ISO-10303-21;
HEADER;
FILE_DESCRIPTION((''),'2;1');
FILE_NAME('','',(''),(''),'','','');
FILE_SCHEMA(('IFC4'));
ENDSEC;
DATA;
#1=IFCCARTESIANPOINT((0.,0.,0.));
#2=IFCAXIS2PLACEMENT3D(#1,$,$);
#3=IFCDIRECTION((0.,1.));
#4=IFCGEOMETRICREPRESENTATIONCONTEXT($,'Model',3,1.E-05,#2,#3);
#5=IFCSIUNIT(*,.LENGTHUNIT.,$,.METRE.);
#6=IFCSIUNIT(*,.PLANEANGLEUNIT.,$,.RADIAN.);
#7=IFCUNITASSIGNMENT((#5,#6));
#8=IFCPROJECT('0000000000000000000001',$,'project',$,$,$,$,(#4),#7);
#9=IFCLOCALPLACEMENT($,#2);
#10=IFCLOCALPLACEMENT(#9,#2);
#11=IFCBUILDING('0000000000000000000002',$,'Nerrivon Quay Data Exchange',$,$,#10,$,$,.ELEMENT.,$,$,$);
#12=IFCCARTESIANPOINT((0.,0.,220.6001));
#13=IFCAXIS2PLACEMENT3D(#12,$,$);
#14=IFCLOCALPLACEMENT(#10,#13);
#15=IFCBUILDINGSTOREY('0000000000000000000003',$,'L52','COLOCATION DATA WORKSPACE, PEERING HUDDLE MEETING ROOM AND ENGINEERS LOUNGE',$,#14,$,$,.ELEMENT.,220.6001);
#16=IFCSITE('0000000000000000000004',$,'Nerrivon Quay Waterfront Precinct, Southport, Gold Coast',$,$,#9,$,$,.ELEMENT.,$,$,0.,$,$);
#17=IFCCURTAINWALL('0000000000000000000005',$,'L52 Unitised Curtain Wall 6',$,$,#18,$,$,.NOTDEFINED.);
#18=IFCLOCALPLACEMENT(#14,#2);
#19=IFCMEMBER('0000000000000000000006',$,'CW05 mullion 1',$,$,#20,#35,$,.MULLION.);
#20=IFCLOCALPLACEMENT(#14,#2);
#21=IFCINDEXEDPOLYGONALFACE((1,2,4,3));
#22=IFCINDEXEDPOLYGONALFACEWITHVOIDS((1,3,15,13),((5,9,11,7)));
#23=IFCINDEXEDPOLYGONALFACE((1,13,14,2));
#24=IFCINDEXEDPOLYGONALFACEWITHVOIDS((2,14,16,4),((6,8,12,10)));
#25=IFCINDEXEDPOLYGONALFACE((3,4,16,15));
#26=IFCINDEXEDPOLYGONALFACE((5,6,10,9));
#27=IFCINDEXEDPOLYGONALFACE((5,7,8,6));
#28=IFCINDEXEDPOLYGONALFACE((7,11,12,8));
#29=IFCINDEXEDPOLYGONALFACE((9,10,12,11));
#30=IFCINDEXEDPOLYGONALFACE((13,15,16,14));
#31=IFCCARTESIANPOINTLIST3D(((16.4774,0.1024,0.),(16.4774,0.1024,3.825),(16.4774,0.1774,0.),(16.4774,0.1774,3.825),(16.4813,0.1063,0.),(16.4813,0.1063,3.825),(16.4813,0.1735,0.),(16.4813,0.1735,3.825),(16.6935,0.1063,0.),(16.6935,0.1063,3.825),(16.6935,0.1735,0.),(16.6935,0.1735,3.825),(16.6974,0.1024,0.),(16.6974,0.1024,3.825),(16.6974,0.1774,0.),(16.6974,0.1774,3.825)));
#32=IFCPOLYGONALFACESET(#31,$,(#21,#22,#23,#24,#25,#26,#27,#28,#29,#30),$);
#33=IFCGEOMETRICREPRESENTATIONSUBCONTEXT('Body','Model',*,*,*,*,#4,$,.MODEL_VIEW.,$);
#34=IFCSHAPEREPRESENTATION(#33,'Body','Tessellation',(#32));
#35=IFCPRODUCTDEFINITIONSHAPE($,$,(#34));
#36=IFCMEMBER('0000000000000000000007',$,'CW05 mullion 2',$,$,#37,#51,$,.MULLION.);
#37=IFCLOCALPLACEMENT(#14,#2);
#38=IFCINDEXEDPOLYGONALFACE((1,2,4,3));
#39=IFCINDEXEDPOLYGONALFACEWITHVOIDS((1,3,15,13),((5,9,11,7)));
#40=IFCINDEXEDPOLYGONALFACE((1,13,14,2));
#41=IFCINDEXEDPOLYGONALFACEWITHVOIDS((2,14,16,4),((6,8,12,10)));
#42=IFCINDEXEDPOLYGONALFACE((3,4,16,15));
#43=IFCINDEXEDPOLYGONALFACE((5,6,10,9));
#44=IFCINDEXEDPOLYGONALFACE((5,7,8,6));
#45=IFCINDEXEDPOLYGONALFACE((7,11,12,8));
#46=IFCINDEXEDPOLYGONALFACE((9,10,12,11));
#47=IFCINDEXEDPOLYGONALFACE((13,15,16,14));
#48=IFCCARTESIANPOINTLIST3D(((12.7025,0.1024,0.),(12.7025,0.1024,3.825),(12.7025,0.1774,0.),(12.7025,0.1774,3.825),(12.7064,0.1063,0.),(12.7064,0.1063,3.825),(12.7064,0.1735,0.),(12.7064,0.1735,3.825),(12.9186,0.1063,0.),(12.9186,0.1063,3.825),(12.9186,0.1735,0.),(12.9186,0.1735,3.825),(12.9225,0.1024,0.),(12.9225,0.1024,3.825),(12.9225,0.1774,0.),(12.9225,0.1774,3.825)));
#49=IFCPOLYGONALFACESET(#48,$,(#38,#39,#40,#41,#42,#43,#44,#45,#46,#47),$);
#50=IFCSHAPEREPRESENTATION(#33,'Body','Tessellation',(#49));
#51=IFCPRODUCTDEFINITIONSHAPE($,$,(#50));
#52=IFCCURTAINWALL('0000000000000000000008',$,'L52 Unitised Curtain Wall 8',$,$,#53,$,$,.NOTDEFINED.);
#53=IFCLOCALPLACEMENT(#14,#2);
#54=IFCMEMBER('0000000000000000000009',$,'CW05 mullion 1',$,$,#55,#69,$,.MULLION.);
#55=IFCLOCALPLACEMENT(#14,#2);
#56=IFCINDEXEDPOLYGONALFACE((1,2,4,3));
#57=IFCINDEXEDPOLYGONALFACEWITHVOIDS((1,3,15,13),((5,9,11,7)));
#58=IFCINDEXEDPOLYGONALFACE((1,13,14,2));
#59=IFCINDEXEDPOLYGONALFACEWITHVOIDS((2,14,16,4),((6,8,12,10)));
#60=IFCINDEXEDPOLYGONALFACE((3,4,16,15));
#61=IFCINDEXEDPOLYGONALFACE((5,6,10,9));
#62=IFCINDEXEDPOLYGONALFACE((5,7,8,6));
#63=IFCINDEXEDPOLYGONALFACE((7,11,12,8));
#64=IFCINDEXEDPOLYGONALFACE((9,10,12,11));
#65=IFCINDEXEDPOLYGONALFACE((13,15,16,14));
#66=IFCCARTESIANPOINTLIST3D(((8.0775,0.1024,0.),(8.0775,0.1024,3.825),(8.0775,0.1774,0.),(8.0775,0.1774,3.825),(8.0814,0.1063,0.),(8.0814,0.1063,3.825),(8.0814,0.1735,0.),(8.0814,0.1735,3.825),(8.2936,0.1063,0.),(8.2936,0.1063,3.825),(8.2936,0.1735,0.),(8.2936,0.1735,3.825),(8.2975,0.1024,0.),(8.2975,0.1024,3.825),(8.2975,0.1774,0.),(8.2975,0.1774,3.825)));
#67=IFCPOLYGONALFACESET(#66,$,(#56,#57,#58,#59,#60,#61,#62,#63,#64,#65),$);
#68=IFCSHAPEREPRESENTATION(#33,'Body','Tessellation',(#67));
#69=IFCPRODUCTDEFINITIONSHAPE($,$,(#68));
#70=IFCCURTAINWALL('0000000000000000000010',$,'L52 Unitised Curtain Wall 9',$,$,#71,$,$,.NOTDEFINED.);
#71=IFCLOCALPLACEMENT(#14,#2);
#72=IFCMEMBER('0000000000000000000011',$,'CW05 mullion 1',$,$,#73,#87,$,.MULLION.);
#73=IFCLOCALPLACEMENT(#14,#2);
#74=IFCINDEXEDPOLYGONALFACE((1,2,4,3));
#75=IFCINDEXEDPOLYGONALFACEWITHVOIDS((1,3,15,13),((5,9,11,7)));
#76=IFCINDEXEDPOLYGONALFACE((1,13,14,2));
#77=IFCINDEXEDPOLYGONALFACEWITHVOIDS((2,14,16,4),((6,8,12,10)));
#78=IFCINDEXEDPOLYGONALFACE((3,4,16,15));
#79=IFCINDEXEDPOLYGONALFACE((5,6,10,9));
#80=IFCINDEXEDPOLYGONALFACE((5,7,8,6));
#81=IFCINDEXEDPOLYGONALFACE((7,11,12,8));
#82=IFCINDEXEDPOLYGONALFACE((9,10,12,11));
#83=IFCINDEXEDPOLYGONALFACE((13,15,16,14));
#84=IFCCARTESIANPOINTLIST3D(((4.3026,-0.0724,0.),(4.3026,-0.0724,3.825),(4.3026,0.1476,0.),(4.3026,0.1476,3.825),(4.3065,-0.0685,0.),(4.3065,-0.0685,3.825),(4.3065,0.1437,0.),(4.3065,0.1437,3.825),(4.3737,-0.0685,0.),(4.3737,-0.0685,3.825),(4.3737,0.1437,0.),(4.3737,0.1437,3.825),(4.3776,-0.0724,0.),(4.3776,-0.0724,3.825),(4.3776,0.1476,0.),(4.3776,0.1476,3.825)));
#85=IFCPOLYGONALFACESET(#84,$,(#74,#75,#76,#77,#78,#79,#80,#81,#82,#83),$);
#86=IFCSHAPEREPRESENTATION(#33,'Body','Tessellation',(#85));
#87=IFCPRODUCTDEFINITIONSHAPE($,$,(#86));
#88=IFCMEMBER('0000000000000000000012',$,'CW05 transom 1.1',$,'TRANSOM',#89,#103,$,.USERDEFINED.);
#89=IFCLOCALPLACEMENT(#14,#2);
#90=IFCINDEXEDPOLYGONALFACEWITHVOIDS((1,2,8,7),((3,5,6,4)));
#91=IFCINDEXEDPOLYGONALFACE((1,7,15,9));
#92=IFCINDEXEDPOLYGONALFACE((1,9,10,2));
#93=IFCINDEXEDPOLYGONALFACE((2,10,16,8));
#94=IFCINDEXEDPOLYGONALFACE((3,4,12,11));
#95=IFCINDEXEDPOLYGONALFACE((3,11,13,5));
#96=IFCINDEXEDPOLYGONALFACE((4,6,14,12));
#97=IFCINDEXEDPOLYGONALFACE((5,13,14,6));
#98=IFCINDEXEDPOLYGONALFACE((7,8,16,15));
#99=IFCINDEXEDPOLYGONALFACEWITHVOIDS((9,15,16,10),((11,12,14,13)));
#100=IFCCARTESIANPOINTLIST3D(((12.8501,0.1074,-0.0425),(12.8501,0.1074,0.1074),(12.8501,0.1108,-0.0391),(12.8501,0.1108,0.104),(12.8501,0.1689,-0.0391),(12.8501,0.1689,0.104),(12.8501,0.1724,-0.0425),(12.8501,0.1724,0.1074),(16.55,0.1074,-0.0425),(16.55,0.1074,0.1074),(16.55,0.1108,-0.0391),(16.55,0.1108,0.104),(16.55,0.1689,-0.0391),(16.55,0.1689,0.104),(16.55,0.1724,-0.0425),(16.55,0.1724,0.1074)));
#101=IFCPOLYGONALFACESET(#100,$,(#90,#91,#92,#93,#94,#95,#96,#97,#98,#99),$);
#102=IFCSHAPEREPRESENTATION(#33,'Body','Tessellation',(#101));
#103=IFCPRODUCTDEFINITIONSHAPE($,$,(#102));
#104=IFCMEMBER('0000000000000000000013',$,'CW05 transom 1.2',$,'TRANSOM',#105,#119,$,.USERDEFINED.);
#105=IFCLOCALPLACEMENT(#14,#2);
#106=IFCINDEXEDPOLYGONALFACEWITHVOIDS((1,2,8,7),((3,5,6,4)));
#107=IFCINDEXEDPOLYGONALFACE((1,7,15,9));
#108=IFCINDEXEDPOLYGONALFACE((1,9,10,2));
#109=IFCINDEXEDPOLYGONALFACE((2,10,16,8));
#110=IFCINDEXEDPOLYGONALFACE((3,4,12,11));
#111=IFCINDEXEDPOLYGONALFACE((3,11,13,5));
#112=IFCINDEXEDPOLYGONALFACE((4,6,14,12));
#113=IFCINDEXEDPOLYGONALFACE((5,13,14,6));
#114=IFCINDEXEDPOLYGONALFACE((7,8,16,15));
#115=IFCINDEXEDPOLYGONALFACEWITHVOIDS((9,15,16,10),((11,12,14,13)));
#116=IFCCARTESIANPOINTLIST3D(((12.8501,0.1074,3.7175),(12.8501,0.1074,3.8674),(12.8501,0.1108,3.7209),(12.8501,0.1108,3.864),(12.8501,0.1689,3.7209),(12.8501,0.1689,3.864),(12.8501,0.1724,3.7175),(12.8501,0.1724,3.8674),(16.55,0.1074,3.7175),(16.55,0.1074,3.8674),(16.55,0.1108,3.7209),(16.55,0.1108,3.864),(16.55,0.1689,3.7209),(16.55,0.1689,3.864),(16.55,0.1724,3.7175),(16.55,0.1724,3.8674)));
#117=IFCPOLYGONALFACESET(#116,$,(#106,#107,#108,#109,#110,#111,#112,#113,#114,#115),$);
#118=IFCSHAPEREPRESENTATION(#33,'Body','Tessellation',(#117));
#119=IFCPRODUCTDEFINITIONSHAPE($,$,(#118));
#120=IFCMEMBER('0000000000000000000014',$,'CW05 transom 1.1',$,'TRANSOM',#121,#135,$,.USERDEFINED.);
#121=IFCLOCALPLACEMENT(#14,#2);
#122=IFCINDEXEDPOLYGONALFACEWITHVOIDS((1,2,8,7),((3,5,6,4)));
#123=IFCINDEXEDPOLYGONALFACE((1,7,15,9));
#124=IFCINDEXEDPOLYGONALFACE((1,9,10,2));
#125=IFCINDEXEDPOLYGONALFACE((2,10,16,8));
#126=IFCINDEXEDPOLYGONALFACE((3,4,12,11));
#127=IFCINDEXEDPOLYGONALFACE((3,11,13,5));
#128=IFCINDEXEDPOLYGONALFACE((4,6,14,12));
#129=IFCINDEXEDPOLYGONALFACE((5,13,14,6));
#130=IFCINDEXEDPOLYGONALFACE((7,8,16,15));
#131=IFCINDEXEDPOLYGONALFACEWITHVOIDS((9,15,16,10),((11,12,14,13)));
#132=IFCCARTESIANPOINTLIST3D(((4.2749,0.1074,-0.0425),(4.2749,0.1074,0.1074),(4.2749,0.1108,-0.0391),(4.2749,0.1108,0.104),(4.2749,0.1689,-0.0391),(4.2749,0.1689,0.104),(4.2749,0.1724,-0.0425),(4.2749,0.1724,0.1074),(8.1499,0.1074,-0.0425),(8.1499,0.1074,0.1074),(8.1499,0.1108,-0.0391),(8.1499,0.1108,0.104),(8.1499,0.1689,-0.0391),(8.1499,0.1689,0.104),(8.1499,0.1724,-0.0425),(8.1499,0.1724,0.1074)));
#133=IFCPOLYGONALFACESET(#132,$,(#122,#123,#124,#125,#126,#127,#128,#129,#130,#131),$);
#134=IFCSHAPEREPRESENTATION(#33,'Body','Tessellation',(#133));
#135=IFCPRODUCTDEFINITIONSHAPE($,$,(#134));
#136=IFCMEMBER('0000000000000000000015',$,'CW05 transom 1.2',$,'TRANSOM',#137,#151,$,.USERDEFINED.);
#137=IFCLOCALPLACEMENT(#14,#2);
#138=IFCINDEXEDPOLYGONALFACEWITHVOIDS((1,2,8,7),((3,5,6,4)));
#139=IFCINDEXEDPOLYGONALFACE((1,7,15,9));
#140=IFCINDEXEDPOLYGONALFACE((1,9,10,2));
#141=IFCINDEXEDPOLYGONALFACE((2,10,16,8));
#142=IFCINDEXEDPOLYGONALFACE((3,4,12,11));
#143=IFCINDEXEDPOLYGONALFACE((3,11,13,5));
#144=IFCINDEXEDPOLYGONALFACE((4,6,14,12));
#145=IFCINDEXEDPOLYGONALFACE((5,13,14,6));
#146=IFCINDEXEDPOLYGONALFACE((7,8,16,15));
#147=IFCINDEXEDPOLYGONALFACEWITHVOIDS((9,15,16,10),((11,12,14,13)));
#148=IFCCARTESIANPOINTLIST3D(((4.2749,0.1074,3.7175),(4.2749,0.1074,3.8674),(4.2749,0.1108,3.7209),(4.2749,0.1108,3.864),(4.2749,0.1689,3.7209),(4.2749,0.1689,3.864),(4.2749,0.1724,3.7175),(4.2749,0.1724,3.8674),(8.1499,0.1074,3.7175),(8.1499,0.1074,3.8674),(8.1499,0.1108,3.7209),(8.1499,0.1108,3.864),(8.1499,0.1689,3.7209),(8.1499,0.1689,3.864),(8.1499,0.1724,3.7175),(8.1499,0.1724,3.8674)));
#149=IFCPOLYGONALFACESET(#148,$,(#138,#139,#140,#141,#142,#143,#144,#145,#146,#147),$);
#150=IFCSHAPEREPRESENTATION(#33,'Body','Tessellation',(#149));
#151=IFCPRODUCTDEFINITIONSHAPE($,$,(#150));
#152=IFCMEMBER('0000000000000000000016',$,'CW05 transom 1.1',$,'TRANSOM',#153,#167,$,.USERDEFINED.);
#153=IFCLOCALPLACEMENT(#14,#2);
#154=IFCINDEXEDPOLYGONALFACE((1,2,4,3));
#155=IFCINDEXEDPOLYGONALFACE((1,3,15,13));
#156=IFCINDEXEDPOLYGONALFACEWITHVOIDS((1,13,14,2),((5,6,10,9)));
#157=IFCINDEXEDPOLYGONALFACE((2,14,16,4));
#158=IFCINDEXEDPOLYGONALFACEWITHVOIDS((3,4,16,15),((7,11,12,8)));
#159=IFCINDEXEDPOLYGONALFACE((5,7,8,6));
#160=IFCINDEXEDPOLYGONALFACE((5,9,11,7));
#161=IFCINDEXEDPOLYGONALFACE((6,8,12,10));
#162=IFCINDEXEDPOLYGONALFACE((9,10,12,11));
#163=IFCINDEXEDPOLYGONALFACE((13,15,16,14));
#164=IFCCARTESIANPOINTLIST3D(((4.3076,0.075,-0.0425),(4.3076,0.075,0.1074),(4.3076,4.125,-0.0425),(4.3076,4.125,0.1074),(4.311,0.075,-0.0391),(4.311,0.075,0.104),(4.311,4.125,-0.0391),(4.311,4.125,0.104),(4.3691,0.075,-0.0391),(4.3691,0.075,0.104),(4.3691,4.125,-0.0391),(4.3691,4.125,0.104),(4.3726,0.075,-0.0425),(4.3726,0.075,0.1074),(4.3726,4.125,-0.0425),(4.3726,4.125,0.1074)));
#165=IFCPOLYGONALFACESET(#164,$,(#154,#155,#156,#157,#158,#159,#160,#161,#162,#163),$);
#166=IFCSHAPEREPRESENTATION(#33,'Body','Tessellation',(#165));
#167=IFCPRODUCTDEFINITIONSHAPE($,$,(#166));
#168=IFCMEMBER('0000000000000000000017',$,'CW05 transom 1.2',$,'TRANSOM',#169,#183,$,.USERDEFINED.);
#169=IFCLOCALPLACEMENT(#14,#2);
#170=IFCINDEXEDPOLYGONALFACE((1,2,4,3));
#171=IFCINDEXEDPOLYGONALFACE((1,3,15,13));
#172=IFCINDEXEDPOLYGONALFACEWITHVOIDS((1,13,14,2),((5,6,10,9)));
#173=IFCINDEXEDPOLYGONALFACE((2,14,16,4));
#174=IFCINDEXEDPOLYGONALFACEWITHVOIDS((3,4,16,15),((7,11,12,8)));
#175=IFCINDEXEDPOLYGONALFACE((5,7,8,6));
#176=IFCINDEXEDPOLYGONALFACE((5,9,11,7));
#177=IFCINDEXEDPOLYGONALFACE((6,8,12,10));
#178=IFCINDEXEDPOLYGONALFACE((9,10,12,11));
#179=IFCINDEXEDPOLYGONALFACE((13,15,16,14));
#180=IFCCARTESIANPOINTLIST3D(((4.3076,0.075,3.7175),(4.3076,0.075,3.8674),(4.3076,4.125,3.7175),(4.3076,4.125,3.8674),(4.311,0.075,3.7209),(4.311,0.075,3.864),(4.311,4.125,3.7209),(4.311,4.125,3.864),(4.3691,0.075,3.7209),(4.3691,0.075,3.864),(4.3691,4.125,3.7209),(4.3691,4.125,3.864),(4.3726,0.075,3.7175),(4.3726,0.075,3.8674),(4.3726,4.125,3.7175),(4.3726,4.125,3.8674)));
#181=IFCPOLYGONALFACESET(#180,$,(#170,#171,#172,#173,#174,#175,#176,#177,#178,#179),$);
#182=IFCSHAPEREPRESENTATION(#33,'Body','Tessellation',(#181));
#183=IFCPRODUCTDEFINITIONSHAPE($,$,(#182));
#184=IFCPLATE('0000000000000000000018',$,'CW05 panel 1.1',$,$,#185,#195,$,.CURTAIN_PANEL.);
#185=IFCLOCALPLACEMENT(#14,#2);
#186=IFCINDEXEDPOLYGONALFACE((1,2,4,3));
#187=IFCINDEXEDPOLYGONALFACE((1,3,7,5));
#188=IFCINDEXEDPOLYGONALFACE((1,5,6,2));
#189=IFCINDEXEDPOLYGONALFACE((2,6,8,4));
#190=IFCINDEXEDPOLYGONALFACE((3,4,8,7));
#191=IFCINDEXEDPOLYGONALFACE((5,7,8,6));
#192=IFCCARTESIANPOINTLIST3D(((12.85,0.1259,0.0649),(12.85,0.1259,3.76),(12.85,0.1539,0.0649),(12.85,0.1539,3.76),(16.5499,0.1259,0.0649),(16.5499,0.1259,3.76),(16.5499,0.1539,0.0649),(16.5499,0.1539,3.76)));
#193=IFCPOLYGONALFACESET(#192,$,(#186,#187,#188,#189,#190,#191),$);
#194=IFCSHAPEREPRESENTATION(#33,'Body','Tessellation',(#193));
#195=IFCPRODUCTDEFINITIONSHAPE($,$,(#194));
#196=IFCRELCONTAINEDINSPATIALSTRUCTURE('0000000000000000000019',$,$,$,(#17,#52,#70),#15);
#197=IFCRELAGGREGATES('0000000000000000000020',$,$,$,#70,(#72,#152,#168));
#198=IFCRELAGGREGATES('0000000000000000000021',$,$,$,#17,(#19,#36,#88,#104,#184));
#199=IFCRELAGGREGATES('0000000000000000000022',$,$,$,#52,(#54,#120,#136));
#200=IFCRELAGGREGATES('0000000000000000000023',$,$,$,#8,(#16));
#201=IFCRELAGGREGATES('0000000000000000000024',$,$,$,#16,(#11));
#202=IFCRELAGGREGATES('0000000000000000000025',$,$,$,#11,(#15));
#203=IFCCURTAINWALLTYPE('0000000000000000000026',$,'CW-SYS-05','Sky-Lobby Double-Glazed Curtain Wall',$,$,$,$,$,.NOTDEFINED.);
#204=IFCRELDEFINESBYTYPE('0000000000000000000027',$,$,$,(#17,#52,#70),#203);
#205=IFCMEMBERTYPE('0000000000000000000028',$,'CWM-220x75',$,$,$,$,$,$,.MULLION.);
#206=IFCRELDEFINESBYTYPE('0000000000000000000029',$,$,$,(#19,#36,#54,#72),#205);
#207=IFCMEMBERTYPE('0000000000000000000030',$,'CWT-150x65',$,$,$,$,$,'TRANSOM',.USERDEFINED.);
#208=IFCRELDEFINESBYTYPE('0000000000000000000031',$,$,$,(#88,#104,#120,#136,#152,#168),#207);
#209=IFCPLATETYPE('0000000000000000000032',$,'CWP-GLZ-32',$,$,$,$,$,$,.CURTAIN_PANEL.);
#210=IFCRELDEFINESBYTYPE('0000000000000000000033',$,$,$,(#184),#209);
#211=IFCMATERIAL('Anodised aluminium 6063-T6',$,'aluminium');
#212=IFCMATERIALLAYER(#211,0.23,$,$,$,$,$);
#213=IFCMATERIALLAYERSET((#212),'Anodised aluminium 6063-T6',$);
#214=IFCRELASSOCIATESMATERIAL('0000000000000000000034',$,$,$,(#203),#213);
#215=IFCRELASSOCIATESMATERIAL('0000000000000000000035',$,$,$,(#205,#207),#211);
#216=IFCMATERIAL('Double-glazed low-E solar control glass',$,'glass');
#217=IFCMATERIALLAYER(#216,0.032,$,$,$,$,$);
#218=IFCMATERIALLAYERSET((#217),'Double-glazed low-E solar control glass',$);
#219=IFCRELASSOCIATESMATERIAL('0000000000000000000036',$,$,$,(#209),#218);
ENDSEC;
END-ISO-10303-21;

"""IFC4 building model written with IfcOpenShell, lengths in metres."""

from ifc_helpers import new_model, si_unit, direction, frame, origin, origin_2d, place, context, subcontext, project, spatial, rectangle, hollow_rectangle, extrude, material, layer, layer_set, material_profile, profile_set, type_object, element, aggregate, save


model = new_model("IFC4")

# Units and contexts
model_context = context("Model", 3, precision=1e-05, world=origin(), true_north=direction((0.0, 1.0)))
body_context = subcontext(model_context, "Body", "Model", "MODEL_VIEW")
ifc_project = project(units=[si_unit("LENGTHUNIT", "METRE"), si_unit("PLANEANGLEUNIT", "RADIAN")], contexts=[model_context])

# Site, building, storey
site_placement = place(None, origin())
site = spatial("IfcSite", under=ifc_project, at=site_placement, Name="Nerrivon Quay Waterfront Precinct, Southport, Gold Coast", CompositionType="ELEMENT", RefElevation=0.0)
building_placement = place(site_placement, origin())
building = spatial("IfcBuilding", under=site, at=building_placement, Name="Nerrivon Quay Data Exchange", CompositionType="ELEMENT")
storey_placement = place(building_placement, frame((0.0, 0.0, 220.6001)))
storey = spatial("IfcBuildingStorey", under=building, at=storey_placement, Name="L52", Description="COLOCATION DATA WORKSPACE, PEERING HUDDLE MEETING ROOM AND ENGINEERS LOUNGE", CompositionType="ELEMENT", Elevation=220.6001)

# Curtain wall, members
ifc_material_1 = material(Name="Anodised aluminium 6063-T6", Category="aluminium")
ifc_layer_1 = layer(ifc_material_1, 0.23)
ifc_layer_set_1 = layer_set([ifc_layer_1], Name="Anodised aluminium 6063-T6")
curtain_wall_type = type_object("IfcCurtainWallType", Name="CW-SYS-05", Description="Sky-Lobby Double-Glazed Curtain Wall", PredefinedType="NOTDEFINED", material=ifc_layer_set_1)
curtain_wall_1_placement = place(storey_placement, origin())
curtain_wall_1 = element("IfcCurtainWall", 1, at=curtain_wall_1_placement, inside=storey, type_object=curtain_wall_type, Name="L52 Unitised Curtain Wall 6", PredefinedType="NOTDEFINED")
ifc_material_profile_1 = material_profile(ifc_material_1, hollow_rectangle(XDim=0.075, YDim=0.22, WallThickness=0.0039, at=origin_2d()), Name="ALU-MULL-220x75")
ifc_profile_set_1 = profile_set([ifc_material_profile_1], Name="Anodised aluminium 6063-T6")
member_type_1 = type_object("IfcMemberType", Name="CWM-220x75", PredefinedType="MULLION", material=ifc_profile_set_1)
member_1_placement = place(storey_placement, frame((16.5874, 0.1399, 0.0), z_axis=(0.0, 0.0, 1.0), x_axis=(0.0, -1.0, 0.0)))
member_1 = element("IfcMember", 2, at=member_1_placement, type_object=member_type_1, Name="CW05 mullion 1", PredefinedType="MULLION", context=body_context, shape_type="SweptSolid", body=[
    extrude(hollow_rectangle(XDim=0.075, YDim=0.22, WallThickness=0.0039, at=origin_2d()), origin(), (0.0, 0.0, 1.0), 3.825),
])
member_2_placement = place(storey_placement, frame((12.8125, 0.1399, 0.0), z_axis=(0.0, 0.0, 1.0), x_axis=(0.0, -1.0, 0.0)))
member_2 = element("IfcMember", 3, at=member_2_placement, type_object=member_type_1, Name="CW05 mullion 2", PredefinedType="MULLION", context=body_context, shape_type="SweptSolid", body=[
    extrude(hollow_rectangle(XDim=0.075, YDim=0.22, WallThickness=0.0039, at=origin_2d()), origin(), (0.0, 0.0, 1.0), 3.825),
])

# Curtain walls, members
curtain_wall_2_placement = place(storey_placement, origin())
curtain_wall_2 = element("IfcCurtainWall", 4, at=curtain_wall_2_placement, inside=storey, type_object=curtain_wall_type, Name="L52 Unitised Curtain Wall 8", PredefinedType="NOTDEFINED")
member_3_placement = place(storey_placement, frame((8.1875, 0.1399, 0.0), z_axis=(0.0, 0.0, 1.0), x_axis=(0.0, -1.0, 0.0)))
member_3 = element("IfcMember", 5, at=member_3_placement, type_object=member_type_1, Name="CW05 mullion 1", PredefinedType="MULLION", context=body_context, shape_type="SweptSolid", body=[
    extrude(hollow_rectangle(XDim=0.075, YDim=0.22, WallThickness=0.0039, at=origin_2d()), origin(), (0.0, 0.0, 1.0), 3.825),
])
curtain_wall_3_placement = place(storey_placement, origin())
curtain_wall_3 = element("IfcCurtainWall", 6, at=curtain_wall_3_placement, inside=storey, type_object=curtain_wall_type, Name="L52 Unitised Curtain Wall 9", PredefinedType="NOTDEFINED")
member_4_placement = place(storey_placement, frame((4.3401, 0.0376, 0.0), z_axis=(0.0, 0.0, 1.0), x_axis=(-1.0, 0.0, 0.0)))
member_4 = element("IfcMember", 7, at=member_4_placement, type_object=member_type_1, Name="CW05 mullion 1", PredefinedType="MULLION", context=body_context, shape_type="SweptSolid", body=[
    extrude(hollow_rectangle(XDim=0.075, YDim=0.22, WallThickness=0.0039, at=origin_2d()), origin(), (0.0, 0.0, 1.0), 3.825),
])

# Members
ifc_material_profile_2 = material_profile(ifc_material_1, hollow_rectangle(XDim=0.0649, YDim=0.1499, WallThickness=0.0034, at=origin_2d()), Name="ALU-TRAN-150x65")
ifc_profile_set_2 = profile_set([ifc_material_profile_2], Name="Anodised aluminium 6063-T6")
member_type_2 = type_object("IfcMemberType", Name="CWT-150x65", ElementType="TRANSOM", PredefinedType="USERDEFINED", material=ifc_profile_set_2)
member_5_placement = place(storey_placement, frame((16.55, 0.1399, 0.0325), z_axis=(-1.0, 0.0, 0.0), x_axis=(0.0, -1.0, 0.0)))
member_5 = element("IfcMember", 8, at=member_5_placement, type_object=member_type_2, Name="CW05 transom 1.1", ObjectType="TRANSOM", PredefinedType="USERDEFINED", context=body_context, shape_type="SweptSolid", body=[
    extrude(hollow_rectangle(XDim=0.0649, YDim=0.1499, WallThickness=0.0034, at=origin_2d()), origin(), (0.0, 0.0, 1.0), 3.7),
])
member_6_placement = place(storey_placement, frame((16.55, 0.1399, 3.7925), z_axis=(-1.0, 0.0, 0.0), x_axis=(0.0, -1.0, 0.0)))
member_6 = element("IfcMember", 9, at=member_6_placement, type_object=member_type_2, Name="CW05 transom 1.2", ObjectType="TRANSOM", PredefinedType="USERDEFINED", context=body_context, shape_type="SweptSolid", body=[
    extrude(hollow_rectangle(XDim=0.0649, YDim=0.1499, WallThickness=0.0034, at=origin_2d()), origin(), (0.0, 0.0, 1.0), 3.7),
])
member_7_placement = place(storey_placement, frame((8.1499, 0.1399, 0.0325), z_axis=(-1.0, 0.0, 0.0), x_axis=(0.0, -1.0, 0.0)))
member_7 = element("IfcMember", 10, at=member_7_placement, type_object=member_type_2, Name="CW05 transom 1.1", ObjectType="TRANSOM", PredefinedType="USERDEFINED", context=body_context, shape_type="SweptSolid", body=[
    extrude(hollow_rectangle(XDim=0.0649, YDim=0.1499, WallThickness=0.0034, at=origin_2d()), origin(), (0.0, 0.0, 1.0), 3.875),
])
member_8_placement = place(storey_placement, frame((8.1499, 0.1399, 3.7925), z_axis=(-1.0, 0.0, 0.0), x_axis=(0.0, -1.0, 0.0)))
member_8 = element("IfcMember", 11, at=member_8_placement, type_object=member_type_2, Name="CW05 transom 1.2", ObjectType="TRANSOM", PredefinedType="USERDEFINED", context=body_context, shape_type="SweptSolid", body=[
    extrude(hollow_rectangle(XDim=0.0649, YDim=0.1499, WallThickness=0.0034, at=origin_2d()), origin(), (0.0, 0.0, 1.0), 3.875),
])
member_9_placement = place(storey_placement, frame((4.3401, 0.075, 0.0325), z_axis=(0.0, 1.0, 0.0), x_axis=(-1.0, 0.0, 0.0)))
member_9 = element("IfcMember", 12, at=member_9_placement, type_object=member_type_2, Name="CW05 transom 1.1", ObjectType="TRANSOM", PredefinedType="USERDEFINED", context=body_context, shape_type="SweptSolid", body=[
    extrude(hollow_rectangle(XDim=0.0649, YDim=0.1499, WallThickness=0.0034, at=origin_2d()), origin(), (0.0, 0.0, 1.0), 4.05),
])
member_10_placement = place(storey_placement, frame((4.3401, 0.075, 3.7925), z_axis=(0.0, 1.0, 0.0), x_axis=(-1.0, 0.0, 0.0)))
member_10 = element("IfcMember", 13, at=member_10_placement, type_object=member_type_2, Name="CW05 transom 1.2", ObjectType="TRANSOM", PredefinedType="USERDEFINED", context=body_context, shape_type="SweptSolid", body=[
    extrude(hollow_rectangle(XDim=0.0649, YDim=0.1499, WallThickness=0.0034, at=origin_2d()), origin(), (0.0, 0.0, 1.0), 4.05),
])
aggregate(curtain_wall_3, [member_4, member_9, member_10])

# Plate
ifc_material_2 = material(Name="Double-glazed low-E solar control glass", Category="glass")
ifc_layer_2 = layer(ifc_material_2, 0.032)
ifc_layer_set_2 = layer_set([ifc_layer_2], Name="Double-glazed low-E solar control glass")
plate_type = type_object("IfcPlateType", Name="CWP-GLZ-32", PredefinedType="CURTAIN_PANEL", material=ifc_layer_set_2)
plate_1_placement = place(storey_placement, frame((14.7, 0.1399, 0.0649), z_axis=(0.0, 0.0, 1.0), x_axis=(-1.0, 0.0, 0.0)))
plate_1 = element("IfcPlate", 14, at=plate_1_placement, type_object=plate_type, Name="CW05 panel 1.1", PredefinedType="CURTAIN_PANEL", context=body_context, shape_type="SweptSolid", body=[
    extrude(rectangle(XDim=3.7, YDim=0.0281, at=origin_2d()), origin(), (0.0, 0.0, 1.0), 3.6951),
])
aggregate(curtain_wall_1, [member_1, member_2, member_5, member_6, plate_1])
aggregate(curtain_wall_2, [member_3, member_7, member_8])

save(model, "model.ifc")
